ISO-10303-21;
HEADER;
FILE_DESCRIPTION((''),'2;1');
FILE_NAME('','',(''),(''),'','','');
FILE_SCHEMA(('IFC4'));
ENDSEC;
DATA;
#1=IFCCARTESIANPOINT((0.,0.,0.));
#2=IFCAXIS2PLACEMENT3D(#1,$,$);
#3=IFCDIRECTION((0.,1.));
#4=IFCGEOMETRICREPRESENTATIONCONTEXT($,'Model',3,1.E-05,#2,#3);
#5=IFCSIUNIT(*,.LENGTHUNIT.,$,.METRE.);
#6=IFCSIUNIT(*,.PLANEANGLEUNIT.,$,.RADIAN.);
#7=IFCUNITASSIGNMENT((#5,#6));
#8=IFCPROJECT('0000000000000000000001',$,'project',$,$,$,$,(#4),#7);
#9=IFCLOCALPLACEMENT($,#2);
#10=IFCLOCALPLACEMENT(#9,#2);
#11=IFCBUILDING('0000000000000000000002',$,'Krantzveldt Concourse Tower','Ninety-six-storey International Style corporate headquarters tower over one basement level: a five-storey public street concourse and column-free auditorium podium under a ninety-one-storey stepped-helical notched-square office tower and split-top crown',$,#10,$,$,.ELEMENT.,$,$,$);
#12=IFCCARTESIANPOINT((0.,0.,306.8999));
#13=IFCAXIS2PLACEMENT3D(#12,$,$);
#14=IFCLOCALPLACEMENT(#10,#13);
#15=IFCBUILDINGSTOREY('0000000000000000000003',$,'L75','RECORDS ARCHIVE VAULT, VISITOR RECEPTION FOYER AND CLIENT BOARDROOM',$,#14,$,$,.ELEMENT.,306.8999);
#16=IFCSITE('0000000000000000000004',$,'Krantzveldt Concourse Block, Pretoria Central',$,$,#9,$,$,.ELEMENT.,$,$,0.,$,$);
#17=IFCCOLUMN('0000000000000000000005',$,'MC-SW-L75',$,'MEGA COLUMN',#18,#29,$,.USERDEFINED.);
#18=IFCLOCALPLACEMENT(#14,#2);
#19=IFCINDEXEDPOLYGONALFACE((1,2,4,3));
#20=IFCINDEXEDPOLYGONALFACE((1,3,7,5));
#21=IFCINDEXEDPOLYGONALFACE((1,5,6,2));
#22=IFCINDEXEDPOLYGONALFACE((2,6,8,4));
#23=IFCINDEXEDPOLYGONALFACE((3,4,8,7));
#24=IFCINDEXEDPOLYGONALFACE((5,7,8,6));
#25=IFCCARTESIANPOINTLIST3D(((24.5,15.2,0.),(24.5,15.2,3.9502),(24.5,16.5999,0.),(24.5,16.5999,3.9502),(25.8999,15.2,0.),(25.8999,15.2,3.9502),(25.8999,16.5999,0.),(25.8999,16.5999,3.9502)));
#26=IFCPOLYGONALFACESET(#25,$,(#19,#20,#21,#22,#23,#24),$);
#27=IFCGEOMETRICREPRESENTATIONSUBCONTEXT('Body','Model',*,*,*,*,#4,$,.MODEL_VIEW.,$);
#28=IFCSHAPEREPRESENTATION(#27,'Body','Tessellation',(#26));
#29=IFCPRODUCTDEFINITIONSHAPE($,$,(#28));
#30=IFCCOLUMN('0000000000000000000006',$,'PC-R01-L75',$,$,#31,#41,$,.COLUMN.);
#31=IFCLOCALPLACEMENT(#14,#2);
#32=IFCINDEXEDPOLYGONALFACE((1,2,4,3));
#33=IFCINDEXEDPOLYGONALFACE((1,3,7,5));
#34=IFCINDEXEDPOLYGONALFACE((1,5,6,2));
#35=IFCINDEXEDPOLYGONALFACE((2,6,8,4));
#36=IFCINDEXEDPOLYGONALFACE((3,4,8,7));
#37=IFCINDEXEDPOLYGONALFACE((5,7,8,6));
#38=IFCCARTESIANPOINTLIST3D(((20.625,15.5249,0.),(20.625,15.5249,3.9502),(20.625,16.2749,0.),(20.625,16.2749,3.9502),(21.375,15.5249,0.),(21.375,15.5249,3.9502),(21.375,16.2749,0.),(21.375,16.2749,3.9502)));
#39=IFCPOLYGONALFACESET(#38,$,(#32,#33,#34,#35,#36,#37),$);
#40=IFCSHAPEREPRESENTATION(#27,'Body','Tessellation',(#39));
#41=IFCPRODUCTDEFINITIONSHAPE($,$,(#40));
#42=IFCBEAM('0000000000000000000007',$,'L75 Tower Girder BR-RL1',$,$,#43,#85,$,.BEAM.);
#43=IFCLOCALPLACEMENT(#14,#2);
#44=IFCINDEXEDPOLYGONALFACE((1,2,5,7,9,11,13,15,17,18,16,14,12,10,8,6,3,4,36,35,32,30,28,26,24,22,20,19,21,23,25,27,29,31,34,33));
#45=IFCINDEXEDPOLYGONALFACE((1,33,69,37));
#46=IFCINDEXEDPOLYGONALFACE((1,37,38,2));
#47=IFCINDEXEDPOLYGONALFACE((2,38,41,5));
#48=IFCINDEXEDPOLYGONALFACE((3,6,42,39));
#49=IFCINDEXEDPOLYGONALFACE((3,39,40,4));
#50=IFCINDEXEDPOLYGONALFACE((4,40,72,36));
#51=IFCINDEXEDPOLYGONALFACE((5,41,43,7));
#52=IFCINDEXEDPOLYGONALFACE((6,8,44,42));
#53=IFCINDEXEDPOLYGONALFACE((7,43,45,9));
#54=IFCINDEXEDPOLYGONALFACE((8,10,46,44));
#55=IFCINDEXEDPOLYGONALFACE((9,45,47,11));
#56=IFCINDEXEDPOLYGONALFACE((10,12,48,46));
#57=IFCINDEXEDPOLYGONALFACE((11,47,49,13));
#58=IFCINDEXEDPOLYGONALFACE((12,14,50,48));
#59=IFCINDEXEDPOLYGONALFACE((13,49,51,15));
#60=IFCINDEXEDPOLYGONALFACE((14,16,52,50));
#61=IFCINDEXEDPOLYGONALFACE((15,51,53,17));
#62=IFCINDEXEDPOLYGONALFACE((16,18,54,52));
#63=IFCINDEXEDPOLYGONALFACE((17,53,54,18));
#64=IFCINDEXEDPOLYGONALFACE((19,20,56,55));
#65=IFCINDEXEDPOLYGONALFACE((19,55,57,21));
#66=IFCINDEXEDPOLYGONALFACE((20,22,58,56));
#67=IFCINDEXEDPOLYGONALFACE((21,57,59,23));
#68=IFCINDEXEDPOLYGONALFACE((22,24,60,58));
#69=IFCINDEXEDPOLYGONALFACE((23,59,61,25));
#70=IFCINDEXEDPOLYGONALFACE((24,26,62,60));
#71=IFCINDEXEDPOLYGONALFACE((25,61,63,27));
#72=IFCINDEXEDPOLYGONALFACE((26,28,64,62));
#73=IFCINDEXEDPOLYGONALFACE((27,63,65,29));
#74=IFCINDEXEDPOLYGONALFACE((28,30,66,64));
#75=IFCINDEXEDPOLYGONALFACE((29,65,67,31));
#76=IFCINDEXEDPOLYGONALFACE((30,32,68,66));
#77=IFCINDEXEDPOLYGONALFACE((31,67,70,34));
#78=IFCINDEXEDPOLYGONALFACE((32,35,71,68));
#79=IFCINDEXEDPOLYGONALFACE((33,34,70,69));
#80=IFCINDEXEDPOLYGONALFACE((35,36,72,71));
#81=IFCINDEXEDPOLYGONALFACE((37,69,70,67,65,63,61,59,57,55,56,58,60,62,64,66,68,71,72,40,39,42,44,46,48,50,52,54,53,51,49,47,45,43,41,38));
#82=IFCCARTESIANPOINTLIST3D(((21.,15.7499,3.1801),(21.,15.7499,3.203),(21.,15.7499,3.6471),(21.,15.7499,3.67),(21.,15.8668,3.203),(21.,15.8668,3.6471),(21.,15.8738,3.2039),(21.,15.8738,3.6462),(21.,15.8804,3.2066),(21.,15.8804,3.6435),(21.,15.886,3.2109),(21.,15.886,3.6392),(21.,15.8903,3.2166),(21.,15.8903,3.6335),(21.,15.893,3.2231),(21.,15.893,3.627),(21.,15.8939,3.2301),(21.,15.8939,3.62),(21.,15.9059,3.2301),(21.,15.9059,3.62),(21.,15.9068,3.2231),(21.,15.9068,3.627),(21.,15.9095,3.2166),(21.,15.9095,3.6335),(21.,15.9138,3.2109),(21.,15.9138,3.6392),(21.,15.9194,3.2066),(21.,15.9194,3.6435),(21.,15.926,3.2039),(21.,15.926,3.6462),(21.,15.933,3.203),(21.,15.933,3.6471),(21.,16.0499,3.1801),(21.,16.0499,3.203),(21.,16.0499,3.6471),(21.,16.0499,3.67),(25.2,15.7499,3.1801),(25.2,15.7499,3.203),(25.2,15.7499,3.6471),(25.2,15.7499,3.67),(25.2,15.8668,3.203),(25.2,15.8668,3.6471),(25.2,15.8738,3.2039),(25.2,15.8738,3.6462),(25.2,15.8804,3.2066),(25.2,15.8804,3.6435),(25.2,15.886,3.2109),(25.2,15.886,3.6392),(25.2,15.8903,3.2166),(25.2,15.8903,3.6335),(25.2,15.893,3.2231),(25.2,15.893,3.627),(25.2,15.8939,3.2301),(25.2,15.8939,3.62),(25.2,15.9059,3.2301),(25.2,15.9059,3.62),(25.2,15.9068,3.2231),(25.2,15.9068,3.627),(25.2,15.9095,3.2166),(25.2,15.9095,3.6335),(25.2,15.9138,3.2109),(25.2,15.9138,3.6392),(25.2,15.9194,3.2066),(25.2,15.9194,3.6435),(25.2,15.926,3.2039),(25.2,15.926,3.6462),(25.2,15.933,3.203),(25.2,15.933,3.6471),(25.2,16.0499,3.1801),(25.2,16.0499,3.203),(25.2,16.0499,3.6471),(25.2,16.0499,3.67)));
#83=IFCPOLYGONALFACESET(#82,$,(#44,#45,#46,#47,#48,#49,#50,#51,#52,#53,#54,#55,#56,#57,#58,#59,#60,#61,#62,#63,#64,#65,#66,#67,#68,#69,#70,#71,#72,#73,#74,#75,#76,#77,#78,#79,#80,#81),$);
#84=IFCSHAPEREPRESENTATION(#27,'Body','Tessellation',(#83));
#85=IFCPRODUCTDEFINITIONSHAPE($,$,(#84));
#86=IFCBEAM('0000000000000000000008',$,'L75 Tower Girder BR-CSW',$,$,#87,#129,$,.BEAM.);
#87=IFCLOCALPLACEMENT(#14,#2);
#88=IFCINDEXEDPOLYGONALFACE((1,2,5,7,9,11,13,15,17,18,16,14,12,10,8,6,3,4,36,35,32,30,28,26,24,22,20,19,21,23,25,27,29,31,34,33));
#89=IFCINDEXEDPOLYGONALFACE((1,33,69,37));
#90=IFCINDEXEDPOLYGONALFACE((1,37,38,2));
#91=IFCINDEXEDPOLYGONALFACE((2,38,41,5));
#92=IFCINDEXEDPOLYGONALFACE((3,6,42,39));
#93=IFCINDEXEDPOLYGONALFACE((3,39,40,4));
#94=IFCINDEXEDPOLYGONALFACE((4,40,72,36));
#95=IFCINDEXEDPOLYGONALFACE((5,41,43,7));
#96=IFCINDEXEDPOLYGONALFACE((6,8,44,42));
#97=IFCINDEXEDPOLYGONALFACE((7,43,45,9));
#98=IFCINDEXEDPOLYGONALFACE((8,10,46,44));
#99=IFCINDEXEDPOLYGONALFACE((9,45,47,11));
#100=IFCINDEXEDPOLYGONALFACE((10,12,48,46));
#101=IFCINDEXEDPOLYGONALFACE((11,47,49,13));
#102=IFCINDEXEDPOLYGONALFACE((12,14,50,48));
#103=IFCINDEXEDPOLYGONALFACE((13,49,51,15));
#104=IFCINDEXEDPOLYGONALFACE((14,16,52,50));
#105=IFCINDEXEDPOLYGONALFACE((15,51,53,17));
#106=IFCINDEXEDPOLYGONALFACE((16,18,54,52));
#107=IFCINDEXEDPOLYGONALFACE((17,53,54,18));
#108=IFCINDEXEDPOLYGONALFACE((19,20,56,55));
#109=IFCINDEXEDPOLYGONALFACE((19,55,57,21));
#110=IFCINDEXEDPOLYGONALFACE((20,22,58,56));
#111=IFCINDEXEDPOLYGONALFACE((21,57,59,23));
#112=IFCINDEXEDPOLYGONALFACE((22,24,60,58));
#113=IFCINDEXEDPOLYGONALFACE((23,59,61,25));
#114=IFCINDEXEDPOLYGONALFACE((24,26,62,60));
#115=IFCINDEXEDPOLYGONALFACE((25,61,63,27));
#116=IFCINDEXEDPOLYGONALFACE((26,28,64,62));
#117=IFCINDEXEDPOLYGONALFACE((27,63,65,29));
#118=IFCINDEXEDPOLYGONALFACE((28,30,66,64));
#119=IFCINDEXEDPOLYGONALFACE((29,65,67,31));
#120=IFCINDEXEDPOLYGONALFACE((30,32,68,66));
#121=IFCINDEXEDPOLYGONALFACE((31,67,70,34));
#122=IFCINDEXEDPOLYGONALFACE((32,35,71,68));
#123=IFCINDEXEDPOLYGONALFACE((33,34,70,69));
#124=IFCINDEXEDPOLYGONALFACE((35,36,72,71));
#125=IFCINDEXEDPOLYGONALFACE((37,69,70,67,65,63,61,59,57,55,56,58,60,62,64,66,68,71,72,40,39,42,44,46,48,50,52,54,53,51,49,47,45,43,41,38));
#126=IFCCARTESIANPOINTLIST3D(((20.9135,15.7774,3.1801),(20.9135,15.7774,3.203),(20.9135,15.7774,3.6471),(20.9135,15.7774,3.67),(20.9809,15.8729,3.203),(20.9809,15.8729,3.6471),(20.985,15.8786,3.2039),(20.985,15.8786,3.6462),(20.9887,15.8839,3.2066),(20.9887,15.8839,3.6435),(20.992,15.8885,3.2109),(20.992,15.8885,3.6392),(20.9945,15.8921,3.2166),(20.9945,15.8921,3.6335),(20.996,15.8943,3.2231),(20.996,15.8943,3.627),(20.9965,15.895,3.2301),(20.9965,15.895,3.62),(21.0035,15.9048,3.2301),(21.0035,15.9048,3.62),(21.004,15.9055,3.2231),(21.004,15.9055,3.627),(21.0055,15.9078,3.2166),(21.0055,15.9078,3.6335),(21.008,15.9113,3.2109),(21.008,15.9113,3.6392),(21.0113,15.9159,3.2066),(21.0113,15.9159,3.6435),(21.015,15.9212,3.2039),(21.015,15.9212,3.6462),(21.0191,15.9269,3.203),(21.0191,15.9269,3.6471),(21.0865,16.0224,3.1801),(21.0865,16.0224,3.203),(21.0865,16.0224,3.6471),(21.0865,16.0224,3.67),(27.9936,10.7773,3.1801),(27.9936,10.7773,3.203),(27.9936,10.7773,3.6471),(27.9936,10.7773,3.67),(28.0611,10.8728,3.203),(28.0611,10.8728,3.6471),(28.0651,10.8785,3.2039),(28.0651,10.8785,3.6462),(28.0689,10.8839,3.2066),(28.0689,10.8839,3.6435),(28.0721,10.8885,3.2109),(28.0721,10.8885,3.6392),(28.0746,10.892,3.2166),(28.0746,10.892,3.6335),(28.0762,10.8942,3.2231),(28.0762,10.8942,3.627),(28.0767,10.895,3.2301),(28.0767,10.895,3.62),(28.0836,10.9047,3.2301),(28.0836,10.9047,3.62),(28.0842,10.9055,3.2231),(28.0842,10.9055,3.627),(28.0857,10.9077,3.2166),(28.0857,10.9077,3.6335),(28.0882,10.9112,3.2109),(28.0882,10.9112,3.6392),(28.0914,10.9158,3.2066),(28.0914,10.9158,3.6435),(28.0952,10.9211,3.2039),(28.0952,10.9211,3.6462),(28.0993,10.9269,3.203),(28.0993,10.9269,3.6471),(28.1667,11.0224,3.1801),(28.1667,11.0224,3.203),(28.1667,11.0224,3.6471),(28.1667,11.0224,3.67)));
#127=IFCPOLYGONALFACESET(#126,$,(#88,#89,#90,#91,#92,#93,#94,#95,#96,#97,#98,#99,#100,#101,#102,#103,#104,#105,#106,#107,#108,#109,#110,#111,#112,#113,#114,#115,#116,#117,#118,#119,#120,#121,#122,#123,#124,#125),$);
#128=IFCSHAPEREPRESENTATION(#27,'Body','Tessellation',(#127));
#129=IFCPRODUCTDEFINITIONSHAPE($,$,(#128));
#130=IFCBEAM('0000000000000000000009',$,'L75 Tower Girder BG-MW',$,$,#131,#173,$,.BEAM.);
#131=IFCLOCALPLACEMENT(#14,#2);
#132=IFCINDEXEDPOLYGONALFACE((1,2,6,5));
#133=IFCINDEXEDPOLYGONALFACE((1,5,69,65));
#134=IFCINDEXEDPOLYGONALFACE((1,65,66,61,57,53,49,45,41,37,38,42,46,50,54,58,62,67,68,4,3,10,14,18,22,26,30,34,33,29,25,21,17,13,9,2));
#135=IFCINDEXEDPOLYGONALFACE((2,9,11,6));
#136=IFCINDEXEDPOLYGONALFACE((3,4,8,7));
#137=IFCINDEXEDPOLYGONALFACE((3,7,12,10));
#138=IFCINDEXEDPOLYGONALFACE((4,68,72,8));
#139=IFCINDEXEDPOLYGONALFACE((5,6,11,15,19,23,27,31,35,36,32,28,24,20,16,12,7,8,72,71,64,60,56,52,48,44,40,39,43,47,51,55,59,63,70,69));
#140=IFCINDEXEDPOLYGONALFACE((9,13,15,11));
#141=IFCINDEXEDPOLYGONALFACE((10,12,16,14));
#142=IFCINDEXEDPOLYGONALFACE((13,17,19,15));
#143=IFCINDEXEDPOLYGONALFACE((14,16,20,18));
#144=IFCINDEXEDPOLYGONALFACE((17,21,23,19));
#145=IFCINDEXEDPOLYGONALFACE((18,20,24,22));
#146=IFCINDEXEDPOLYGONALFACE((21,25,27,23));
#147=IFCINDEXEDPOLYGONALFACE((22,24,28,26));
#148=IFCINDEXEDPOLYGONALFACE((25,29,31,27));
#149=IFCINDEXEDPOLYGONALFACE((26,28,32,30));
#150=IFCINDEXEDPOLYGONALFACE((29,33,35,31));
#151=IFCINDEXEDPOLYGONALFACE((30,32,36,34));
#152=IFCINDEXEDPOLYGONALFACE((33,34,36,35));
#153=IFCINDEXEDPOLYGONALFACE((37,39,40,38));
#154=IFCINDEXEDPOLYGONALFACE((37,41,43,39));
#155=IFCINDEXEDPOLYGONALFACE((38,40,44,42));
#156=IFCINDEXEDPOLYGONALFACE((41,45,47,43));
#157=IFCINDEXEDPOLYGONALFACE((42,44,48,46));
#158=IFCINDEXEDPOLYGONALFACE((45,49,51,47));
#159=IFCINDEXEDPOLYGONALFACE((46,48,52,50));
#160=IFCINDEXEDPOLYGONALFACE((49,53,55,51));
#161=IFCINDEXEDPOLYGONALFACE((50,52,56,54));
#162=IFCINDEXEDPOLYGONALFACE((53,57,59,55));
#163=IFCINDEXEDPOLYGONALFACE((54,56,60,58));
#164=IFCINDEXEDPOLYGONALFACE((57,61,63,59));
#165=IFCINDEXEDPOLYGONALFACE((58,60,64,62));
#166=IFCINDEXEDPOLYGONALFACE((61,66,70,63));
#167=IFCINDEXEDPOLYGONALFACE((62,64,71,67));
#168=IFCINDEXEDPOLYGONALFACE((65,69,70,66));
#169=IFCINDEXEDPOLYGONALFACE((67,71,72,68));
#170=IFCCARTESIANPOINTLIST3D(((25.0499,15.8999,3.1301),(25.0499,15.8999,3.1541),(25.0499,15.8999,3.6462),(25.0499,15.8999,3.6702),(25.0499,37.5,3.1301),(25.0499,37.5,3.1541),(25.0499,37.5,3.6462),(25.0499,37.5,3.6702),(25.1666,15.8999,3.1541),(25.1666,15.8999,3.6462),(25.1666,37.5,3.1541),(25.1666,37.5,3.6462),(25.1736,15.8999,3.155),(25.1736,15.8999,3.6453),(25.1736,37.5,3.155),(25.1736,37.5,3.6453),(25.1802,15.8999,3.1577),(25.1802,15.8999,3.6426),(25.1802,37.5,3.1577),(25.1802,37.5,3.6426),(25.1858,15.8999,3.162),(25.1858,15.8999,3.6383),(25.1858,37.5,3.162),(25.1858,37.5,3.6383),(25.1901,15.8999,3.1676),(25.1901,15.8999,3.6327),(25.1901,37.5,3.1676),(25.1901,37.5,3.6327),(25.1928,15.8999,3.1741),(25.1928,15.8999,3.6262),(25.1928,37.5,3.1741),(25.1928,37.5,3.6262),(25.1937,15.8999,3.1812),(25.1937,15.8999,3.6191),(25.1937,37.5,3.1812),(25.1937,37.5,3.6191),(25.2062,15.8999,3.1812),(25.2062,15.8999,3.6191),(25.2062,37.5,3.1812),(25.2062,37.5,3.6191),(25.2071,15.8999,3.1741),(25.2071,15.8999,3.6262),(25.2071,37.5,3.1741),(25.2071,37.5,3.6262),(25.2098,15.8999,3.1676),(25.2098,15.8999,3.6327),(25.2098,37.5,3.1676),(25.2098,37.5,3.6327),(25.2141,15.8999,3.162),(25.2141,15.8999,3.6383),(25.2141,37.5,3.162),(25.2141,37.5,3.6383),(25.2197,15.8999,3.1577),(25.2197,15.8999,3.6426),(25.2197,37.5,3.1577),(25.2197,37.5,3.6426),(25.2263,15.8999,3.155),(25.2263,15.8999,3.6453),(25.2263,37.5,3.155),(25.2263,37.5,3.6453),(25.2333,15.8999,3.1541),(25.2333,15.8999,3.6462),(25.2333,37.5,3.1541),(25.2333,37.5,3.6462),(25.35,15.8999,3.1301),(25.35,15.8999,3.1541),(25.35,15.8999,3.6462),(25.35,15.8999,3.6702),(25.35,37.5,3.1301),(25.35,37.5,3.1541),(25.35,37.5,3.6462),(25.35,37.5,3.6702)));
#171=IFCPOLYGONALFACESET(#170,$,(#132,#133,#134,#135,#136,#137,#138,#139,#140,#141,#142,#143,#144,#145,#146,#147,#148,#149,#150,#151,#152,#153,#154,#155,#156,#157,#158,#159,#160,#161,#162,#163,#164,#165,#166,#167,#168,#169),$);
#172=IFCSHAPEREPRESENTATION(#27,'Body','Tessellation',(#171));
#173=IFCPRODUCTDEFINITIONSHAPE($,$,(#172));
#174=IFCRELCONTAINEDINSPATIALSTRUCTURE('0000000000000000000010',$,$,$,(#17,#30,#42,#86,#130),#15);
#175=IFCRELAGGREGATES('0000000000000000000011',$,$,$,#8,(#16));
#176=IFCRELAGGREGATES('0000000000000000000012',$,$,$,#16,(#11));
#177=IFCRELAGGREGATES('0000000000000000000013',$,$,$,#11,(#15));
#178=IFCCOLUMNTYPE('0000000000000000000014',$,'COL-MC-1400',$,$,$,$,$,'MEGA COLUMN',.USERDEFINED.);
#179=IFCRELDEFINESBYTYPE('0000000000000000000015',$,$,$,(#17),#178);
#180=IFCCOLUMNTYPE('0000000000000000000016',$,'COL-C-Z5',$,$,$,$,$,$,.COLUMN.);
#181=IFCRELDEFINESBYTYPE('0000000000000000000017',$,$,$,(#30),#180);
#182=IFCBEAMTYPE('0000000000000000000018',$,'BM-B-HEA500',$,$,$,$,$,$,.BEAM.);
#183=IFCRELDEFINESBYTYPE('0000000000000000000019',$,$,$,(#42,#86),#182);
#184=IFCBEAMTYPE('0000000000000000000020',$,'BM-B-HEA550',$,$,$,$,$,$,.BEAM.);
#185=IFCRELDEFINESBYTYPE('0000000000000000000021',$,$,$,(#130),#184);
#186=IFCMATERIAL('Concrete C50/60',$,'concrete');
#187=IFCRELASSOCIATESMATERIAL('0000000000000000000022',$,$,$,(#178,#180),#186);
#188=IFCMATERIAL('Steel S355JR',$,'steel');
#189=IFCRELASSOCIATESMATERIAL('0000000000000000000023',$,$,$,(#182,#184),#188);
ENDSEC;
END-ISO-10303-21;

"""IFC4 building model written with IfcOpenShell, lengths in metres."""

from ifc_helpers import new_model, si_unit, direction, frame, origin, origin_2d, place, context, subcontext, project, spatial, rectangle, i_section, extrude, source, transform, mapped, material, material_profile, profile_set, type_object, type_shapes, element, save


model = new_model("IFC4")

# Units and contexts
model_context = context("Model", 3, precision=1e-05, world=origin(), true_north=direction((0.0, 1.0)))
body_context = subcontext(model_context, "Body", "Model", "MODEL_VIEW")
ifc_project = project(units=[si_unit("LENGTHUNIT", "METRE"), si_unit("PLANEANGLEUNIT", "RADIAN")], contexts=[model_context])

# Site, building, storey
site_placement = place(None, origin())
site = spatial("IfcSite", under=ifc_project, at=site_placement, Name="Krantzveldt Concourse Block, Pretoria Central", CompositionType="ELEMENT", RefElevation=0.0)
building_placement = place(site_placement, origin())
building = spatial("IfcBuilding", under=site, at=building_placement, Name="Krantzveldt Concourse Tower", Description="Ninety-six-storey International Style corporate headquarters tower over one basement level: a five-storey public street concourse and column-free auditorium podium under a ninety-one-storey stepped-helical notched-square office tower and split-top crown", CompositionType="ELEMENT")
storey_placement = place(building_placement, frame((0.0, 0.0, 306.8999)))
storey = spatial("IfcBuildingStorey", under=building, at=storey_placement, Name="L75", Description="RECORDS ARCHIVE VAULT, VISITOR RECEPTION FOYER AND CLIENT BOARDROOM", CompositionType="ELEMENT", Elevation=306.8999)

# Columns
ifc_material_1 = material(Name="Concrete C50/60", Category="concrete")
ifc_material_profile_1 = material_profile(ifc_material_1, rectangle(XDim=1.3999, YDim=1.3999, at=origin_2d()), Name="Concrete C50/60", Category="concrete")
ifc_profile_set_1 = profile_set([ifc_material_profile_1], Name="Concrete C50/60 - RC 1400x1400")
column_type_1 = type_object("IfcColumnType", Name="COL-MC-1400", ElementType="MEGA COLUMN", PredefinedType="USERDEFINED", material=ifc_profile_set_1)
shared_shape_1 = source(origin(), body_context, "Body", "SweptSolid", [
    extrude(rectangle(XDim=1.3999, YDim=1.3999, at=origin_2d()), origin(), (0.0, 0.0, 1.0), 3.9502),
])
type_shapes(column_type_1, [shared_shape_1])
column_1_placement = place(storey_placement, frame((25.2, 15.8999, 0.0), z_axis=(0.0, 0.0, 1.0), x_axis=(1.0, 0.0, 0.0)))
element("IfcColumn", 1, at=column_1_placement, inside=storey, type_object=column_type_1, Name="MC-SW-L75", ObjectType="MEGA COLUMN", PredefinedType="USERDEFINED", context=body_context, shape_type="MappedRepresentation", body=[
    mapped(shared_shape_1, transform((0.0, 0.0, 0.0), x_axis=(1.0, 0.0, 0.0), y_axis=(0.0, 1.0, 0.0), z_axis=(0.0, 0.0, 1.0), scale=1.0)),
])
ifc_material_profile_2 = material_profile(ifc_material_1, rectangle(XDim=0.75, YDim=0.75, at=origin_2d()), Name="Concrete C50/60", Category="concrete")
ifc_profile_set_2 = profile_set([ifc_material_profile_2], Name="Concrete C50/60 - RC 750x750")
column_type_2 = type_object("IfcColumnType", Name="COL-C-Z5", PredefinedType="COLUMN", material=ifc_profile_set_2)
shared_shape_2 = source(origin(), body_context, "Body", "SweptSolid", [
    extrude(rectangle(XDim=0.75, YDim=0.75, at=origin_2d()), origin(), (0.0, 0.0, 1.0), 3.9502),
])
type_shapes(column_type_2, [shared_shape_2])
column_2_placement = place(storey_placement, frame((21.0, 15.8999, 0.0), z_axis=(0.0, 0.0, 1.0), x_axis=(1.0, 0.0, 0.0)))
element("IfcColumn", 2, at=column_2_placement, inside=storey, type_object=column_type_2, Name="PC-R01-L75", PredefinedType="COLUMN", context=body_context, shape_type="MappedRepresentation", body=[
    mapped(shared_shape_2, transform((0.0, 0.0, 0.0), x_axis=(1.0, 0.0, 0.0), y_axis=(0.0, 1.0, 0.0), z_axis=(0.0, 0.0, 1.0), scale=1.0)),
])

# Beams
ifc_material_2 = material(Name="Steel S355JR", Category="steel")
ifc_material_profile_3 = material_profile(ifc_material_2, i_section(OverallWidth=0.3, OverallDepth=0.49, WebThickness=0.012, FlangeThickness=0.0229, FilletRadius=0.0271, at=origin_2d()), Name="Steel S355JR", Category="steel")
ifc_profile_set_3 = profile_set([ifc_material_profile_3], Name="Steel S355JR - HEA 500")
beam_type_1 = type_object("IfcBeamType", Name="BM-B-HEA500", PredefinedType="BEAM", material=ifc_profile_set_3)
shared_shape_3 = source(origin(), body_context, "Body", "SweptSolid", [
    extrude(i_section(OverallWidth=0.3, OverallDepth=0.49, WebThickness=0.012, FlangeThickness=0.0229, FilletRadius=0.0271, at=origin_2d()), origin(), (0.0, 0.0, 1.0), 4.2),
])
beam_1_placement = place(storey_placement, frame((21.0, 15.8999, 3.425), z_axis=(1.0, 0.0, 0.0), x_axis=(0.0, 1.0, 0.0)))
element("IfcBeam", 3, at=beam_1_placement, inside=storey, type_object=beam_type_1, Name="L75 Tower Girder BR-RL1", PredefinedType="BEAM", context=body_context, shape_type="MappedRepresentation", body=[
    mapped(shared_shape_3, transform((0.0, 0.0, 0.0), x_axis=(1.0, 0.0, 0.0), y_axis=(0.0, 1.0, 0.0), z_axis=(0.0, 0.0, 1.0), scale=1.0)),
])
shared_shape_4 = source(origin(), body_context, "Body", "SweptSolid", [
    extrude(i_section(OverallWidth=0.3, OverallDepth=0.49, WebThickness=0.012, FlangeThickness=0.0229, FilletRadius=0.0271, at=origin_2d()), origin(), (0.0, 0.0, 1.0), 8.6677),
])
type_shapes(beam_type_1, [shared_shape_3, shared_shape_4])
beam_2_placement = place(storey_placement, frame((21.0, 15.8999, 3.425), z_axis=(0.816843, -0.57686, 0.0), x_axis=(0.57686, 0.816843, 0.0)))
element("IfcBeam", 4, at=beam_2_placement, inside=storey, type_object=beam_type_1, Name="L75 Tower Girder BR-CSW", PredefinedType="BEAM", context=body_context, shape_type="MappedRepresentation", body=[
    mapped(shared_shape_4, transform((0.0, 0.0, 0.0), x_axis=(1.0, 0.0, 0.0), y_axis=(0.0, 1.0, 0.0), z_axis=(0.0, 0.0, 1.0), scale=1.0)),
])
ifc_material_profile_4 = material_profile(ifc_material_2, i_section(OverallWidth=0.3, OverallDepth=0.54, WebThickness=0.0125, FlangeThickness=0.0239, FilletRadius=0.0271, at=origin_2d()), Name="Steel S355JR", Category="steel")
ifc_profile_set_4 = profile_set([ifc_material_profile_4], Name="Steel S355JR - HEA 550")
beam_type_2 = type_object("IfcBeamType", Name="BM-B-HEA550", PredefinedType="BEAM", material=ifc_profile_set_4)
shared_shape_5 = source(origin(), body_context, "Body", "SweptSolid", [
    extrude(i_section(OverallWidth=0.3, OverallDepth=0.54, WebThickness=0.0125, FlangeThickness=0.0239, FilletRadius=0.0271, at=origin_2d()), origin(), (0.0, 0.0, 1.0), 21.6001),
])
type_shapes(beam_type_2, [shared_shape_5])
beam_3_placement = place(storey_placement, frame((25.2, 15.8999, 3.4001), z_axis=(0.0, 1.0, 0.0), x_axis=(-1.0, 0.0, 0.0)))
element("IfcBeam", 5, at=beam_3_placement, inside=storey, type_object=beam_type_2, Name="L75 Tower Girder BG-MW", PredefinedType="BEAM", context=body_context, shape_type="MappedRepresentation", body=[
    mapped(shared_shape_5, transform((0.0, 0.0, 0.0), x_axis=(1.0, 0.0, 0.0), y_axis=(0.0, 1.0, 0.0), z_axis=(0.0, 0.0, 1.0), scale=1.0)),
])

save(model, "model.ifc")
